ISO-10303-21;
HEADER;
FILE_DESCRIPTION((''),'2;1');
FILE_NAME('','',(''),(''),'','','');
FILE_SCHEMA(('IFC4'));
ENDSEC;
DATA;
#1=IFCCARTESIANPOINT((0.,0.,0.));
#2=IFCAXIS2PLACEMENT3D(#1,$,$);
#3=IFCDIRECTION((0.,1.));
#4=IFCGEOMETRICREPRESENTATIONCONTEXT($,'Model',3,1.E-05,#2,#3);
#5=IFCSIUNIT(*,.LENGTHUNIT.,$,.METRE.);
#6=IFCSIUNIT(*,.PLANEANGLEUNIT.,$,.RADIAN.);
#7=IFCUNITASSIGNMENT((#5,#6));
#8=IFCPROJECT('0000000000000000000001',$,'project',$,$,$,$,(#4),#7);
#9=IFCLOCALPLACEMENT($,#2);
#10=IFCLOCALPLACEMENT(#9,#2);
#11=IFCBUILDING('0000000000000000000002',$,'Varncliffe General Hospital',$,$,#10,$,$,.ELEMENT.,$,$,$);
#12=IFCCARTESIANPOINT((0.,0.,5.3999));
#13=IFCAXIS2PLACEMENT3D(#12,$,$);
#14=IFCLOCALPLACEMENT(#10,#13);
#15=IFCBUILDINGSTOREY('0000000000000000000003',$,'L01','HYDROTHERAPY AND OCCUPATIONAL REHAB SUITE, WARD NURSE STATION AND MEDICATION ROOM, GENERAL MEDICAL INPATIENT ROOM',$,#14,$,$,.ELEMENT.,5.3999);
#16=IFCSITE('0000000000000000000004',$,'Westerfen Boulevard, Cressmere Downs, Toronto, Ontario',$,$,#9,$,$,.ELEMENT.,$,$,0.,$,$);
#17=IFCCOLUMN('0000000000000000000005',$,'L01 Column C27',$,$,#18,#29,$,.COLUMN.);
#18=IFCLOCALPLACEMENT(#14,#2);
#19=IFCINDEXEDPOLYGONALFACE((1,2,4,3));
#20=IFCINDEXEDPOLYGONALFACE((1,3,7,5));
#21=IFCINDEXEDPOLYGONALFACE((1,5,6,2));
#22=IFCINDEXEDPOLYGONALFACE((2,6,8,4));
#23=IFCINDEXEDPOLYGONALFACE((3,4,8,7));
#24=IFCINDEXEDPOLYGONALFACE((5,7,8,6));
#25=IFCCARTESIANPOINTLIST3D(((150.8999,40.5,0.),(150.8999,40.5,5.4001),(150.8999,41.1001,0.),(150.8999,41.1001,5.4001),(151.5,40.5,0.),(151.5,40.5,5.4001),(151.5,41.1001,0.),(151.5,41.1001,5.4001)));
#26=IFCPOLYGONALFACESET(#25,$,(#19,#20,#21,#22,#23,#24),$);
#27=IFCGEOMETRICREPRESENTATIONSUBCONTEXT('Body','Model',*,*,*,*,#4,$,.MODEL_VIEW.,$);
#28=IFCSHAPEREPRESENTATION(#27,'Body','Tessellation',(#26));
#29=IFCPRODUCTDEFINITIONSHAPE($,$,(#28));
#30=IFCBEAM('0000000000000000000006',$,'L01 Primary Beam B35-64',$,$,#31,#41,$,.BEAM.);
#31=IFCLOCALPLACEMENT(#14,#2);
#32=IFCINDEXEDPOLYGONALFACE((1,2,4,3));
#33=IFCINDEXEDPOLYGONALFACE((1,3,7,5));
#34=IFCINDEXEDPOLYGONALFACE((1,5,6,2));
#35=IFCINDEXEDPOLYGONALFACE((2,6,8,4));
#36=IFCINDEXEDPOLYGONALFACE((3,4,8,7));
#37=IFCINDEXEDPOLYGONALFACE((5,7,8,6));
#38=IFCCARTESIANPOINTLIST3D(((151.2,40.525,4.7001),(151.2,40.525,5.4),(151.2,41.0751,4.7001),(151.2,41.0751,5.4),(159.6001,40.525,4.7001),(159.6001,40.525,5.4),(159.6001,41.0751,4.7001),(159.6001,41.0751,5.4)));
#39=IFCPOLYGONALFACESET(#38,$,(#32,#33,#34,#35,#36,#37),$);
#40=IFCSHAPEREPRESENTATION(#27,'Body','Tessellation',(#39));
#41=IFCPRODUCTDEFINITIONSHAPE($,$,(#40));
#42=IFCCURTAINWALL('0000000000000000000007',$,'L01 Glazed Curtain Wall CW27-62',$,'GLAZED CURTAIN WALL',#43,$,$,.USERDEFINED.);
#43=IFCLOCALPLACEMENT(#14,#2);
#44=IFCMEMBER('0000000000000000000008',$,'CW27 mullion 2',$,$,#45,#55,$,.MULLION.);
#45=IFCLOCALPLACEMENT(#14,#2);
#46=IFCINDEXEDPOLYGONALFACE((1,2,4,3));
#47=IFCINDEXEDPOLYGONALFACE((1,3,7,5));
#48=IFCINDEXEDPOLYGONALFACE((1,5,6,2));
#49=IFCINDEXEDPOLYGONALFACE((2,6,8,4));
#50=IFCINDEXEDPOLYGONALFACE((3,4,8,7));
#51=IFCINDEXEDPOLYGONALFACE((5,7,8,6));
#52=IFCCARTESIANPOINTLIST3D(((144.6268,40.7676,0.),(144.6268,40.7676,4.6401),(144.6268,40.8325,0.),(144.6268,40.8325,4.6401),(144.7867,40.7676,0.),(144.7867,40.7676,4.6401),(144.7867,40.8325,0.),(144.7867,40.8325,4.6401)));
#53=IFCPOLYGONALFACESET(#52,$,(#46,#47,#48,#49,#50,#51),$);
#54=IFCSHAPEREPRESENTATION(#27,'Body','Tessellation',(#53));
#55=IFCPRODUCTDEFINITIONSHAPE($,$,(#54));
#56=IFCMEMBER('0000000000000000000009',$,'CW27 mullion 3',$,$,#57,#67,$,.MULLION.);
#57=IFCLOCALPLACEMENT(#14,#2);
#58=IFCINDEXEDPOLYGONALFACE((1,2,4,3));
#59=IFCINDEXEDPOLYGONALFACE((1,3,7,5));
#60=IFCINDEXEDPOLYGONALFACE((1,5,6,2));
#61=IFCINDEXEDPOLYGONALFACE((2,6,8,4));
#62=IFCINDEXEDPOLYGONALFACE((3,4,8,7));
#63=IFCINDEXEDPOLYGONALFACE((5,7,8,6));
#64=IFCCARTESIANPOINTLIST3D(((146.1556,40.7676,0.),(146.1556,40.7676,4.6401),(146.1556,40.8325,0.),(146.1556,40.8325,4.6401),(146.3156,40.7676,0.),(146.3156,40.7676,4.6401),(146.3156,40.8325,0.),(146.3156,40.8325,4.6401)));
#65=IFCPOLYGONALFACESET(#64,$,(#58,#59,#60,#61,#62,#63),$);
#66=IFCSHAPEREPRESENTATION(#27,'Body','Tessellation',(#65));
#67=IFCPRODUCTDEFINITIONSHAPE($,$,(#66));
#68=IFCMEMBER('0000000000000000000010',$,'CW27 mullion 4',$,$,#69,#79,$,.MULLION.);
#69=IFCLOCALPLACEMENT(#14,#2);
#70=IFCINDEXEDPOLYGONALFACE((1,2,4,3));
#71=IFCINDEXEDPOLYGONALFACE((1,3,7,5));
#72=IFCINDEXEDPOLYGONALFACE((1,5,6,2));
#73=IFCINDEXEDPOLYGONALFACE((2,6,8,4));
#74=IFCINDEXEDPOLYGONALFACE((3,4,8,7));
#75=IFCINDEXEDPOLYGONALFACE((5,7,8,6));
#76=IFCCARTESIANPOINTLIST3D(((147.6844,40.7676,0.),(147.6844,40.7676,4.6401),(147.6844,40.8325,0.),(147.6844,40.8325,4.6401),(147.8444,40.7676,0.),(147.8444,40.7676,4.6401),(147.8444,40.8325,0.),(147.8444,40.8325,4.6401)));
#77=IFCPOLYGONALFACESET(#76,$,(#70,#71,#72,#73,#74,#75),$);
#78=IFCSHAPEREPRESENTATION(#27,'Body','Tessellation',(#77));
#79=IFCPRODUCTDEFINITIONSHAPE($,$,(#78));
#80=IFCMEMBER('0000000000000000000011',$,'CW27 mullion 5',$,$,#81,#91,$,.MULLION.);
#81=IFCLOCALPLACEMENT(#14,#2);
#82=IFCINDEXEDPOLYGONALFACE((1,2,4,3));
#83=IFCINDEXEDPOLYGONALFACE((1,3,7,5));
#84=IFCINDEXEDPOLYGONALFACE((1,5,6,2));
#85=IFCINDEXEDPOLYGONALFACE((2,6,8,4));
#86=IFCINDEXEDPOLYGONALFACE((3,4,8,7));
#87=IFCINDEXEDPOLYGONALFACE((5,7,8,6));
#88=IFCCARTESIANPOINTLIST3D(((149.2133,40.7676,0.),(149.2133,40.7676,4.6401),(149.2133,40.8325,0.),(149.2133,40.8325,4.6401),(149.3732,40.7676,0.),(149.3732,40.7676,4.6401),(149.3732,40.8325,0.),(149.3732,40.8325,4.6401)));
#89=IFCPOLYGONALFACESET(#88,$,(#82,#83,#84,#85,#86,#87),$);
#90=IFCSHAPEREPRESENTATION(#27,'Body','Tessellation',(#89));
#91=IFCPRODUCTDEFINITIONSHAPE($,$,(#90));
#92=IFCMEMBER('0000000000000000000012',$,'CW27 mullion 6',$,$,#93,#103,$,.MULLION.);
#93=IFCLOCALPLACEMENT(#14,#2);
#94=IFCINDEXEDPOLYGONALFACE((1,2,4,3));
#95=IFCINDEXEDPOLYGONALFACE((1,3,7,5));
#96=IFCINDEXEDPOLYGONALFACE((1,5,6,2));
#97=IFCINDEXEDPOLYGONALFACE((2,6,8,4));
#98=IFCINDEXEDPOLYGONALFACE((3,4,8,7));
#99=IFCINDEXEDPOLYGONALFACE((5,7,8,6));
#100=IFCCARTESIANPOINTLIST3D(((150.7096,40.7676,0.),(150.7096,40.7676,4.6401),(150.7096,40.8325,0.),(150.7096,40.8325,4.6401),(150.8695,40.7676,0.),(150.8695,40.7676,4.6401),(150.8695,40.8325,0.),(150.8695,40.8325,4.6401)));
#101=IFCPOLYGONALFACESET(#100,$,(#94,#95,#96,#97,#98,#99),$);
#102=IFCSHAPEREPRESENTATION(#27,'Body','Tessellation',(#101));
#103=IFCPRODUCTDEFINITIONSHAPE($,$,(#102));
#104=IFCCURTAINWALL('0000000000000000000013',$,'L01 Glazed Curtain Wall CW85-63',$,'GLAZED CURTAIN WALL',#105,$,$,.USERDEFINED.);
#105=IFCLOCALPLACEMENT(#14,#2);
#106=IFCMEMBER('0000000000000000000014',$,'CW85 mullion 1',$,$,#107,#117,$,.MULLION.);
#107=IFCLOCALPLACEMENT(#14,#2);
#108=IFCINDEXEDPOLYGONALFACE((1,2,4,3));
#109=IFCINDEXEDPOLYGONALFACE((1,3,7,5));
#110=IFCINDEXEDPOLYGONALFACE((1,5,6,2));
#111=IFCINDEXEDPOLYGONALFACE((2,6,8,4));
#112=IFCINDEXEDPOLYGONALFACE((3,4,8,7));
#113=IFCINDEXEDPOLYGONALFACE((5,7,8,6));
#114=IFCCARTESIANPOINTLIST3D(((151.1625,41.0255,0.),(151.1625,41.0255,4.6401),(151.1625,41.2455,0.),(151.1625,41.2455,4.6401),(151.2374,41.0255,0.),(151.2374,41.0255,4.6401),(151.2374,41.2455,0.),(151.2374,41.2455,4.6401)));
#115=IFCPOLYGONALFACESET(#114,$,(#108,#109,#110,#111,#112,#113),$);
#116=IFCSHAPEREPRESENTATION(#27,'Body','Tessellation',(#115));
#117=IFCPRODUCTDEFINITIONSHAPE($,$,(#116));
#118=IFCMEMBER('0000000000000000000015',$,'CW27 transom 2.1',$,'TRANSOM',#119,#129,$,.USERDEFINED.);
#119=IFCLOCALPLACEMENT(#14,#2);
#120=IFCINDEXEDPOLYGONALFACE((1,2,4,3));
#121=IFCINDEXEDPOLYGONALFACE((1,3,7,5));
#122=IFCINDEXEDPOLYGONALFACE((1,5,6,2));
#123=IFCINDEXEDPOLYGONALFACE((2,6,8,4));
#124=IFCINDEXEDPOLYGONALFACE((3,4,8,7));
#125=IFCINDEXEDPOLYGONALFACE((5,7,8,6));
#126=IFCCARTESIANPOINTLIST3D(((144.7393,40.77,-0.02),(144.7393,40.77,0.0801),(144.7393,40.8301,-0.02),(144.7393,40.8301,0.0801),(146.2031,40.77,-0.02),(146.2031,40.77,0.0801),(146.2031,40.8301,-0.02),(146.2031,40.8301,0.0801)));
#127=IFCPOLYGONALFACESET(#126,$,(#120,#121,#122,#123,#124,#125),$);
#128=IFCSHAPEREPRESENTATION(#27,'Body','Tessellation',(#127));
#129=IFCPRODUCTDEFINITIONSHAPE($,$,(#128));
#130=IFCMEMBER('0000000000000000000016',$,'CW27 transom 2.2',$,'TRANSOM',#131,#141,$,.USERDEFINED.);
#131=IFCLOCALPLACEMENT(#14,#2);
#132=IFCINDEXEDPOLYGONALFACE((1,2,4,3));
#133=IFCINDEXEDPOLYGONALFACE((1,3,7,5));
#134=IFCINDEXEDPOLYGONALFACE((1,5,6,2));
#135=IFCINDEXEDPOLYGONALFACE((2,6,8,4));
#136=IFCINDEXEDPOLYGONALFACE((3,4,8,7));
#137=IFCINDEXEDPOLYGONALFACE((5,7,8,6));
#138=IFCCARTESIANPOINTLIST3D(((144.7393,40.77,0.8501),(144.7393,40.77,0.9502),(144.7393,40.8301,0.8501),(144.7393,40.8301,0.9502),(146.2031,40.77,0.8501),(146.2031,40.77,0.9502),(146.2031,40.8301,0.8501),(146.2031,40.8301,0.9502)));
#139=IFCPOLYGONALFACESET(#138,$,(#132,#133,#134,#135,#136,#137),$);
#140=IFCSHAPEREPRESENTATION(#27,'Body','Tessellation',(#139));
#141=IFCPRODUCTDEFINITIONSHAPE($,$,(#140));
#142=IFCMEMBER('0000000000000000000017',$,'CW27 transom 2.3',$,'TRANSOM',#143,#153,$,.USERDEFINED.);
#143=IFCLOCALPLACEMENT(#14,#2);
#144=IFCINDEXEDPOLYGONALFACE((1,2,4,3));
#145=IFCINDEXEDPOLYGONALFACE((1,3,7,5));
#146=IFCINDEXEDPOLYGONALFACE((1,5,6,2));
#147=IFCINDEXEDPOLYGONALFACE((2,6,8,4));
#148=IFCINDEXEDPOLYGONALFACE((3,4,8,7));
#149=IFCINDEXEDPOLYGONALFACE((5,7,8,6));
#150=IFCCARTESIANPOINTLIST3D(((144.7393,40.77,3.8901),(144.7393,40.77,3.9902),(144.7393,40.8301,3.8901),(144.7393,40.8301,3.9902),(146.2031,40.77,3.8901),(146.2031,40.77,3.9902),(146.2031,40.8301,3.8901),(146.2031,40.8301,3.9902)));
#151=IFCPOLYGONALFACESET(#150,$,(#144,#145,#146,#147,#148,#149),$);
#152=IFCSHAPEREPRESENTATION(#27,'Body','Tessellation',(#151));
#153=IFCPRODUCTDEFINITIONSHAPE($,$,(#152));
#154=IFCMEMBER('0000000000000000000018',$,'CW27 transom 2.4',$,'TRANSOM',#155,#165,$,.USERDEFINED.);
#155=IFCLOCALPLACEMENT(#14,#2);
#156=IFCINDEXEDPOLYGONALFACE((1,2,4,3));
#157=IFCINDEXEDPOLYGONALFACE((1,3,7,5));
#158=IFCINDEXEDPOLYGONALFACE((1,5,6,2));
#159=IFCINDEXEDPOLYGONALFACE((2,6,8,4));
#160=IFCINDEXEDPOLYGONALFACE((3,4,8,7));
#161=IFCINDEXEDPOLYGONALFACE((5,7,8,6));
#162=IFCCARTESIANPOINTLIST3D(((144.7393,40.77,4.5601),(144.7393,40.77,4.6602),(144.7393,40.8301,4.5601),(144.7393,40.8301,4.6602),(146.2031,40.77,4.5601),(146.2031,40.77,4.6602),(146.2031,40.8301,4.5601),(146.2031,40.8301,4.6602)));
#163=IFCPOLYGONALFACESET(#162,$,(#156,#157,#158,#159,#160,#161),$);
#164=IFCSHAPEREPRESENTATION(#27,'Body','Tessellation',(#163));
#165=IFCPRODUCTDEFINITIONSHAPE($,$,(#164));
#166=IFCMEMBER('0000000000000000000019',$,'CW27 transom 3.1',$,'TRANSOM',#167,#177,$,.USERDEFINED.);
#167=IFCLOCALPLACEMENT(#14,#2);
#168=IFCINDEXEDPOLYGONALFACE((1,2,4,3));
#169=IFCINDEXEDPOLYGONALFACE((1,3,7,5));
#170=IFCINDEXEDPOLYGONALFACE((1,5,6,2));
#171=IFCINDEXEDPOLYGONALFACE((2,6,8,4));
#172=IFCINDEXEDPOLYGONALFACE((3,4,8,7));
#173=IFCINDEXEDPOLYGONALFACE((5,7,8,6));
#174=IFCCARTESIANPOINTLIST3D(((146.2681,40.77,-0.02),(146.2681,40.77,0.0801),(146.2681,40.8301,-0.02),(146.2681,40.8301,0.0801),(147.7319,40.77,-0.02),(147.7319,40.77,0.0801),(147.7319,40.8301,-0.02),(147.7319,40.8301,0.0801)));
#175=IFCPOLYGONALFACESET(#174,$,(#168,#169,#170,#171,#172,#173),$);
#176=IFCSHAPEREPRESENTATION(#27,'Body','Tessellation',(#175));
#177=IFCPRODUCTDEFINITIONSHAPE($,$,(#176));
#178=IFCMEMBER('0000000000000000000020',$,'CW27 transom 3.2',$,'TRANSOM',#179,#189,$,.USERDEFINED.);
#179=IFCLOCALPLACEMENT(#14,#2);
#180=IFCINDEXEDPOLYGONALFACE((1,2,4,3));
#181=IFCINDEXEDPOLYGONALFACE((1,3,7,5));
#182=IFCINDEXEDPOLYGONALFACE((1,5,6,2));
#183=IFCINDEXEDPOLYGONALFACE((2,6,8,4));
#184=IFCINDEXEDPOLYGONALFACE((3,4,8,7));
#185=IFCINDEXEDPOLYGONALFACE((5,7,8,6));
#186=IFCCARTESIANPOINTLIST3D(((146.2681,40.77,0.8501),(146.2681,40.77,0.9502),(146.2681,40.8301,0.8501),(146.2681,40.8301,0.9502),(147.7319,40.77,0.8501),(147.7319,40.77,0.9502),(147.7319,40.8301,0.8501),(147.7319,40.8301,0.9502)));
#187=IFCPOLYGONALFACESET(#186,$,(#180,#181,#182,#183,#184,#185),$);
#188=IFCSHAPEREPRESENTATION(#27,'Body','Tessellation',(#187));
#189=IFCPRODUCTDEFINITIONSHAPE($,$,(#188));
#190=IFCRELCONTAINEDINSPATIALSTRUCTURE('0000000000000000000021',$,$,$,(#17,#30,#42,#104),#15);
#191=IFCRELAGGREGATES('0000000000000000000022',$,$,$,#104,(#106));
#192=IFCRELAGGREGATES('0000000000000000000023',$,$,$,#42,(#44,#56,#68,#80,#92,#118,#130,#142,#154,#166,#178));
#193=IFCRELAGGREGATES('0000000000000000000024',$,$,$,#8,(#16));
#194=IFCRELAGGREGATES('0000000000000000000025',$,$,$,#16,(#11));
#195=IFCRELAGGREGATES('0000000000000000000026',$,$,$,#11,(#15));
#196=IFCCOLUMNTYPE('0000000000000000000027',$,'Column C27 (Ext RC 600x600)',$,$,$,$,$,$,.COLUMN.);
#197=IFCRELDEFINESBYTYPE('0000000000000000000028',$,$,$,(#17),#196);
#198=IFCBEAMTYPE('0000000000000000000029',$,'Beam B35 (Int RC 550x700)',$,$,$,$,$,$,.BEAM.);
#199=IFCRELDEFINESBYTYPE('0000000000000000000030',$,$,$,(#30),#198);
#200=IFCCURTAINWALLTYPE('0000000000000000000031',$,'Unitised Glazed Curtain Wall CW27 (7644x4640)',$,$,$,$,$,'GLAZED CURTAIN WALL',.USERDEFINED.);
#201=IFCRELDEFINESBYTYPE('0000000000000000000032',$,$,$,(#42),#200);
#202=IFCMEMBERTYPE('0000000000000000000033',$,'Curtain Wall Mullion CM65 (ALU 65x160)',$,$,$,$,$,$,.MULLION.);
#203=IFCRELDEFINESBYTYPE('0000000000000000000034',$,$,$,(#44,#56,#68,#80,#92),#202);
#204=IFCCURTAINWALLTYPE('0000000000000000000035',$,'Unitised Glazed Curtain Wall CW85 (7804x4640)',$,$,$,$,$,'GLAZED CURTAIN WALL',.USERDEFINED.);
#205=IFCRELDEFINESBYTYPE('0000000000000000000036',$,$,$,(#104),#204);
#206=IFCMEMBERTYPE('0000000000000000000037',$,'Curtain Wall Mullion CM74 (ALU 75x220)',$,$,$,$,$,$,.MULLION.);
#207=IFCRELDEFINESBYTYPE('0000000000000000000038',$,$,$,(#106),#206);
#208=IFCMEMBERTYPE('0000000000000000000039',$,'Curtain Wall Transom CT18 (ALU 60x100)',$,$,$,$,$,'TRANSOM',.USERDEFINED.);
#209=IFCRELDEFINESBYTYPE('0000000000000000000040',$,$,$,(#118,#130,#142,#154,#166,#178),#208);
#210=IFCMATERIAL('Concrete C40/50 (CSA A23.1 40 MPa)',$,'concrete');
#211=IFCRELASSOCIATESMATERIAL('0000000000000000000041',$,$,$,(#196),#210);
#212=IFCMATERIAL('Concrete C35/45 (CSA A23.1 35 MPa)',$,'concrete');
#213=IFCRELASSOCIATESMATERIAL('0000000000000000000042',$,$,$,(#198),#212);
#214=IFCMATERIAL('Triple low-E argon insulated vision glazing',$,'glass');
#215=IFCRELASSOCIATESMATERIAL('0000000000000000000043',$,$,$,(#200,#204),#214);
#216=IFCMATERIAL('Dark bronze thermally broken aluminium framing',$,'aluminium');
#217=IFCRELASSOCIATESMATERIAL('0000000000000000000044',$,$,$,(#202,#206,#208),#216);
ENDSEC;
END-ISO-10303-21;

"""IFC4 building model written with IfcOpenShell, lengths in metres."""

from ifc_helpers import new_model, si_unit, direction, frame, origin, origin_2d, place, context, subcontext, project, spatial, rectangle, extrude, material, material_profile, profile_set, type_object, element, aggregate, save


model = new_model("IFC4")

# Units and contexts
model_context = context("Model", 3, precision=1e-05, world=origin(), true_north=direction((0.0, 1.0)))
body_context = subcontext(model_context, "Body", "Model", "MODEL_VIEW")
ifc_project = project(units=[si_unit("LENGTHUNIT", "METRE"), si_unit("PLANEANGLEUNIT", "RADIAN")], contexts=[model_context])

# Site, building, storey
site_placement = place(None, origin())
site = spatial("IfcSite", under=ifc_project, at=site_placement, Name="Westerfen Boulevard, Cressmere Downs, Toronto, Ontario", CompositionType="ELEMENT", RefElevation=0.0)
building_placement = place(site_placement, origin())
building = spatial("IfcBuilding", under=site, at=building_placement, Name="Varncliffe General Hospital", CompositionType="ELEMENT")
storey_placement = place(building_placement, frame((0.0, 0.0, 5.3999)))
storey = spatial("IfcBuildingStorey", under=building, at=storey_placement, Name="L01", Description="HYDROTHERAPY AND OCCUPATIONAL REHAB SUITE, WARD NURSE STATION AND MEDICATION ROOM, GENERAL MEDICAL INPATIENT ROOM", CompositionType="ELEMENT", Elevation=5.3999)

# Column
ifc_material_1 = material(Name="Concrete C40/50 (CSA A23.1 40 MPa)", Category="concrete")
ifc_material_profile_1 = material_profile(ifc_material_1, rectangle(XDim=0.6001, YDim=0.6001, at=origin_2d()), Name="RC 600x600")
ifc_profile_set_1 = profile_set([ifc_material_profile_1], Name="Concrete C40/50 (CSA A23.1 40 MPa)")
column_type = type_object("IfcColumnType", Name="Column C27 (Ext RC 600x600)", PredefinedType="COLUMN", material=ifc_profile_set_1)
column_placement = place(storey_placement, frame((151.2, 40.8, 0.0), z_axis=(0.0, 0.0, 1.0), x_axis=(1.0, 0.0, 0.0)))
element("IfcColumn", 1, at=column_placement, inside=storey, type_object=column_type, Name="L01 Column C27", PredefinedType="COLUMN", context=body_context, shape_type="SweptSolid", body=[
    extrude(rectangle(XDim=0.6001, YDim=0.6001, at=origin_2d()), origin(), (0.0, 0.0, 1.0), 5.4001),
])

# Beam
ifc_material_2 = material(Name="Concrete C35/45 (CSA A23.1 35 MPa)", Category="concrete")
ifc_material_profile_2 = material_profile(ifc_material_2, rectangle(XDim=0.55, YDim=0.7, at=origin_2d()), Name="RC 550x700")
ifc_profile_set_2 = profile_set([ifc_material_profile_2], Name="Concrete C35/45 (CSA A23.1 35 MPa)")
beam_type_1 = type_object("IfcBeamType", Name="Beam B35 (Int RC 550x700)", PredefinedType="BEAM", material=ifc_profile_set_2)
beam_1_placement = place(storey_placement, frame((151.2, 40.8, 5.05), z_axis=(1.0, 0.0, 0.0), x_axis=(0.0, 1.0, 0.0)))
element("IfcBeam", 2, at=beam_1_placement, inside=storey, type_object=beam_type_1, Name="L01 Primary Beam B35-64", PredefinedType="BEAM", context=body_context, shape_type="SweptSolid", body=[
    extrude(rectangle(XDim=0.55, YDim=0.7, at=origin_2d()), origin(), (0.0, 0.0, 1.0), 8.4001),
])

# Curtain wall, members
ifc_material_3 = material(Name="Triple low-E argon insulated vision glazing", Category="glass")
curtain_wall_type_1 = type_object("IfcCurtainWallType", Name="Unitised Glazed Curtain Wall CW27 (7644x4640)", ElementType="GLAZED CURTAIN WALL", PredefinedType="USERDEFINED", material=ifc_material_3)
curtain_wall_1_placement = place(storey_placement, origin())
curtain_wall_1 = element("IfcCurtainWall", 3, at=curtain_wall_1_placement, inside=storey, type_object=curtain_wall_type_1, Name="L01 Glazed Curtain Wall CW27-62", ObjectType="GLAZED CURTAIN WALL", PredefinedType="USERDEFINED")
ifc_material_4 = material(Name="Dark bronze thermally broken aluminium framing", Category="aluminium")
ifc_material_profile_3 = material_profile(ifc_material_4, rectangle(XDim=0.0649, YDim=0.1599, at=origin_2d()), Name="ALU 65x160")
ifc_profile_set_3 = profile_set([ifc_material_profile_3], Name="Dark bronze thermally broken aluminium framing")
member_type_1 = type_object("IfcMemberType", Name="Curtain Wall Mullion CM65 (ALU 65x160)", PredefinedType="MULLION", material=ifc_profile_set_3)
member_1_placement = place(storey_placement, frame((144.7068, 40.8, 0.0), z_axis=(0.0, 0.0, 1.0), x_axis=(0.0, 1.0, 0.0)))
member_1 = element("IfcMember", 4, at=member_1_placement, type_object=member_type_1, Name="CW27 mullion 2", PredefinedType="MULLION", context=body_context, shape_type="SweptSolid", body=[
    extrude(rectangle(XDim=0.0649, YDim=0.1599, at=origin_2d()), origin(), (0.0, 0.0, 1.0), 4.6401),
])
member_2_placement = place(storey_placement, frame((146.2356, 40.8, 0.0), z_axis=(0.0, 0.0, 1.0), x_axis=(0.0, 1.0, 0.0)))
member_2 = element("IfcMember", 5, at=member_2_placement, type_object=member_type_1, Name="CW27 mullion 3", PredefinedType="MULLION", context=body_context, shape_type="SweptSolid", body=[
    extrude(rectangle(XDim=0.0649, YDim=0.1599, at=origin_2d()), origin(), (0.0, 0.0, 1.0), 4.6401),
])
member_3_placement = place(storey_placement, frame((147.7644, 40.8, 0.0), z_axis=(0.0, 0.0, 1.0), x_axis=(0.0, 1.0, 0.0)))
member_3 = element("IfcMember", 6, at=member_3_placement, type_object=member_type_1, Name="CW27 mullion 4", PredefinedType="MULLION", context=body_context, shape_type="SweptSolid", body=[
    extrude(rectangle(XDim=0.0649, YDim=0.1599, at=origin_2d()), origin(), (0.0, 0.0, 1.0), 4.6401),
])
member_4_placement = place(storey_placement, frame((149.2932, 40.8, 0.0), z_axis=(0.0, 0.0, 1.0), x_axis=(0.0, 1.0, 0.0)))
member_4 = element("IfcMember", 7, at=member_4_placement, type_object=member_type_1, Name="CW27 mullion 5", PredefinedType="MULLION", context=body_context, shape_type="SweptSolid", body=[
    extrude(rectangle(XDim=0.0649, YDim=0.1599, at=origin_2d()), origin(), (0.0, 0.0, 1.0), 4.6401),
])
member_5_placement = place(storey_placement, frame((150.7896, 40.8, 0.0), z_axis=(0.0, 0.0, 1.0), x_axis=(0.0, 1.0, 0.0)))
member_5 = element("IfcMember", 8, at=member_5_placement, type_object=member_type_1, Name="CW27 mullion 6", PredefinedType="MULLION", context=body_context, shape_type="SweptSolid", body=[
    extrude(rectangle(XDim=0.0649, YDim=0.1599, at=origin_2d()), origin(), (0.0, 0.0, 1.0), 4.6401),
])

# Curtain wall, member
curtain_wall_type_2 = type_object("IfcCurtainWallType", Name="Unitised Glazed Curtain Wall CW85 (7804x4640)", ElementType="GLAZED CURTAIN WALL", PredefinedType="USERDEFINED", material=ifc_material_3)
curtain_wall_2_placement = place(storey_placement, origin())
curtain_wall_2 = element("IfcCurtainWall", 9, at=curtain_wall_2_placement, inside=storey, type_object=curtain_wall_type_2, Name="L01 Glazed Curtain Wall CW85-63", ObjectType="GLAZED CURTAIN WALL", PredefinedType="USERDEFINED")
ifc_material_profile_4 = material_profile(ifc_material_4, rectangle(XDim=0.075, YDim=0.22, at=origin_2d()), Name="ALU 75x220")
ifc_profile_set_4 = profile_set([ifc_material_profile_4], Name="Dark bronze thermally broken aluminium framing")
member_type_2 = type_object("IfcMemberType", Name="Curtain Wall Mullion CM74 (ALU 75x220)", PredefinedType="MULLION", material=ifc_profile_set_4)
member_6_placement = place(storey_placement, frame((151.2, 41.1355, 0.0), z_axis=(0.0, 0.0, 1.0), x_axis=(-1.0, 0.0, 0.0)))
member_6 = element("IfcMember", 10, at=member_6_placement, type_object=member_type_2, Name="CW85 mullion 1", PredefinedType="MULLION", context=body_context, shape_type="SweptSolid", body=[
    extrude(rectangle(XDim=0.075, YDim=0.22, at=origin_2d()), origin(), (0.0, 0.0, 1.0), 4.6401),
])
aggregate(curtain_wall_2, [member_6])

# Members
ifc_material_profile_5 = material_profile(ifc_material_4, rectangle(XDim=0.0601, YDim=0.1001, at=origin_2d()), Name="ALU 60x100")
ifc_profile_set_5 = profile_set([ifc_material_profile_5], Name="Dark bronze thermally broken aluminium framing")
member_type_3 = type_object("IfcMemberType", Name="Curtain Wall Transom CT18 (ALU 60x100)", ElementType="TRANSOM", PredefinedType="USERDEFINED", material=ifc_profile_set_5)
member_7_placement = place(storey_placement, frame((144.7393, 40.8, 0.03), z_axis=(1.0, 0.0, 0.0), x_axis=(0.0, 1.0, 0.0)))
member_7 = element("IfcMember", 11, at=member_7_placement, type_object=member_type_3, Name="CW27 transom 2.1", ObjectType="TRANSOM", PredefinedType="USERDEFINED", context=body_context, shape_type="SweptSolid", body=[
    extrude(rectangle(XDim=0.0601, YDim=0.1001, at=origin_2d()), origin(), (0.0, 0.0, 1.0), 1.4639),
])
member_8_placement = place(storey_placement, frame((144.7393, 40.8, 0.9001), z_axis=(1.0, 0.0, 0.0), x_axis=(0.0, 1.0, 0.0)))
member_8 = element("IfcMember", 12, at=member_8_placement, type_object=member_type_3, Name="CW27 transom 2.2", ObjectType="TRANSOM", PredefinedType="USERDEFINED", context=body_context, shape_type="SweptSolid", body=[
    extrude(rectangle(XDim=0.0601, YDim=0.1001, at=origin_2d()), origin(), (0.0, 0.0, 1.0), 1.4639),
])
member_9_placement = place(storey_placement, frame((144.7393, 40.8, 3.9402), z_axis=(1.0, 0.0, 0.0), x_axis=(0.0, 1.0, 0.0)))
member_9 = element("IfcMember", 13, at=member_9_placement, type_object=member_type_3, Name="CW27 transom 2.3", ObjectType="TRANSOM", PredefinedType="USERDEFINED", context=body_context, shape_type="SweptSolid", body=[
    extrude(rectangle(XDim=0.0601, YDim=0.1001, at=origin_2d()), origin(), (0.0, 0.0, 1.0), 1.4639),
])
member_10_placement = place(storey_placement, frame((144.7393, 40.8, 4.6101), z_axis=(1.0, 0.0, 0.0), x_axis=(0.0, 1.0, 0.0)))
member_10 = element("IfcMember", 14, at=member_10_placement, type_object=member_type_3, Name="CW27 transom 2.4", ObjectType="TRANSOM", PredefinedType="USERDEFINED", context=body_context, shape_type="SweptSolid", body=[
    extrude(rectangle(XDim=0.0601, YDim=0.1001, at=origin_2d()), origin(), (0.0, 0.0, 1.0), 1.4639),
])
member_11_placement = place(storey_placement, frame((146.2681, 40.8, 0.03), z_axis=(1.0, 0.0, 0.0), x_axis=(0.0, 1.0, 0.0)))
member_11 = element("IfcMember", 15, at=member_11_placement, type_object=member_type_3, Name="CW27 transom 3.1", ObjectType="TRANSOM", PredefinedType="USERDEFINED", context=body_context, shape_type="SweptSolid", body=[
    extrude(rectangle(XDim=0.0601, YDim=0.1001, at=origin_2d()), origin(), (0.0, 0.0, 1.0), 1.4639),
])
member_12_placement = place(storey_placement, frame((146.2681, 40.8, 0.9001), z_axis=(1.0, 0.0, 0.0), x_axis=(0.0, 1.0, 0.0)))
member_12 = element("IfcMember", 16, at=member_12_placement, type_object=member_type_3, Name="CW27 transom 3.2", ObjectType="TRANSOM", PredefinedType="USERDEFINED", context=body_context, shape_type="SweptSolid", body=[
    extrude(rectangle(XDim=0.0601, YDim=0.1001, at=origin_2d()), origin(), (0.0, 0.0, 1.0), 1.4639),
])

aggregate(curtain_wall_1, [member_1, member_2, member_3, member_4, member_5, member_7, member_8, member_9, member_10, member_11, member_12])

save(model, "model.ifc")
